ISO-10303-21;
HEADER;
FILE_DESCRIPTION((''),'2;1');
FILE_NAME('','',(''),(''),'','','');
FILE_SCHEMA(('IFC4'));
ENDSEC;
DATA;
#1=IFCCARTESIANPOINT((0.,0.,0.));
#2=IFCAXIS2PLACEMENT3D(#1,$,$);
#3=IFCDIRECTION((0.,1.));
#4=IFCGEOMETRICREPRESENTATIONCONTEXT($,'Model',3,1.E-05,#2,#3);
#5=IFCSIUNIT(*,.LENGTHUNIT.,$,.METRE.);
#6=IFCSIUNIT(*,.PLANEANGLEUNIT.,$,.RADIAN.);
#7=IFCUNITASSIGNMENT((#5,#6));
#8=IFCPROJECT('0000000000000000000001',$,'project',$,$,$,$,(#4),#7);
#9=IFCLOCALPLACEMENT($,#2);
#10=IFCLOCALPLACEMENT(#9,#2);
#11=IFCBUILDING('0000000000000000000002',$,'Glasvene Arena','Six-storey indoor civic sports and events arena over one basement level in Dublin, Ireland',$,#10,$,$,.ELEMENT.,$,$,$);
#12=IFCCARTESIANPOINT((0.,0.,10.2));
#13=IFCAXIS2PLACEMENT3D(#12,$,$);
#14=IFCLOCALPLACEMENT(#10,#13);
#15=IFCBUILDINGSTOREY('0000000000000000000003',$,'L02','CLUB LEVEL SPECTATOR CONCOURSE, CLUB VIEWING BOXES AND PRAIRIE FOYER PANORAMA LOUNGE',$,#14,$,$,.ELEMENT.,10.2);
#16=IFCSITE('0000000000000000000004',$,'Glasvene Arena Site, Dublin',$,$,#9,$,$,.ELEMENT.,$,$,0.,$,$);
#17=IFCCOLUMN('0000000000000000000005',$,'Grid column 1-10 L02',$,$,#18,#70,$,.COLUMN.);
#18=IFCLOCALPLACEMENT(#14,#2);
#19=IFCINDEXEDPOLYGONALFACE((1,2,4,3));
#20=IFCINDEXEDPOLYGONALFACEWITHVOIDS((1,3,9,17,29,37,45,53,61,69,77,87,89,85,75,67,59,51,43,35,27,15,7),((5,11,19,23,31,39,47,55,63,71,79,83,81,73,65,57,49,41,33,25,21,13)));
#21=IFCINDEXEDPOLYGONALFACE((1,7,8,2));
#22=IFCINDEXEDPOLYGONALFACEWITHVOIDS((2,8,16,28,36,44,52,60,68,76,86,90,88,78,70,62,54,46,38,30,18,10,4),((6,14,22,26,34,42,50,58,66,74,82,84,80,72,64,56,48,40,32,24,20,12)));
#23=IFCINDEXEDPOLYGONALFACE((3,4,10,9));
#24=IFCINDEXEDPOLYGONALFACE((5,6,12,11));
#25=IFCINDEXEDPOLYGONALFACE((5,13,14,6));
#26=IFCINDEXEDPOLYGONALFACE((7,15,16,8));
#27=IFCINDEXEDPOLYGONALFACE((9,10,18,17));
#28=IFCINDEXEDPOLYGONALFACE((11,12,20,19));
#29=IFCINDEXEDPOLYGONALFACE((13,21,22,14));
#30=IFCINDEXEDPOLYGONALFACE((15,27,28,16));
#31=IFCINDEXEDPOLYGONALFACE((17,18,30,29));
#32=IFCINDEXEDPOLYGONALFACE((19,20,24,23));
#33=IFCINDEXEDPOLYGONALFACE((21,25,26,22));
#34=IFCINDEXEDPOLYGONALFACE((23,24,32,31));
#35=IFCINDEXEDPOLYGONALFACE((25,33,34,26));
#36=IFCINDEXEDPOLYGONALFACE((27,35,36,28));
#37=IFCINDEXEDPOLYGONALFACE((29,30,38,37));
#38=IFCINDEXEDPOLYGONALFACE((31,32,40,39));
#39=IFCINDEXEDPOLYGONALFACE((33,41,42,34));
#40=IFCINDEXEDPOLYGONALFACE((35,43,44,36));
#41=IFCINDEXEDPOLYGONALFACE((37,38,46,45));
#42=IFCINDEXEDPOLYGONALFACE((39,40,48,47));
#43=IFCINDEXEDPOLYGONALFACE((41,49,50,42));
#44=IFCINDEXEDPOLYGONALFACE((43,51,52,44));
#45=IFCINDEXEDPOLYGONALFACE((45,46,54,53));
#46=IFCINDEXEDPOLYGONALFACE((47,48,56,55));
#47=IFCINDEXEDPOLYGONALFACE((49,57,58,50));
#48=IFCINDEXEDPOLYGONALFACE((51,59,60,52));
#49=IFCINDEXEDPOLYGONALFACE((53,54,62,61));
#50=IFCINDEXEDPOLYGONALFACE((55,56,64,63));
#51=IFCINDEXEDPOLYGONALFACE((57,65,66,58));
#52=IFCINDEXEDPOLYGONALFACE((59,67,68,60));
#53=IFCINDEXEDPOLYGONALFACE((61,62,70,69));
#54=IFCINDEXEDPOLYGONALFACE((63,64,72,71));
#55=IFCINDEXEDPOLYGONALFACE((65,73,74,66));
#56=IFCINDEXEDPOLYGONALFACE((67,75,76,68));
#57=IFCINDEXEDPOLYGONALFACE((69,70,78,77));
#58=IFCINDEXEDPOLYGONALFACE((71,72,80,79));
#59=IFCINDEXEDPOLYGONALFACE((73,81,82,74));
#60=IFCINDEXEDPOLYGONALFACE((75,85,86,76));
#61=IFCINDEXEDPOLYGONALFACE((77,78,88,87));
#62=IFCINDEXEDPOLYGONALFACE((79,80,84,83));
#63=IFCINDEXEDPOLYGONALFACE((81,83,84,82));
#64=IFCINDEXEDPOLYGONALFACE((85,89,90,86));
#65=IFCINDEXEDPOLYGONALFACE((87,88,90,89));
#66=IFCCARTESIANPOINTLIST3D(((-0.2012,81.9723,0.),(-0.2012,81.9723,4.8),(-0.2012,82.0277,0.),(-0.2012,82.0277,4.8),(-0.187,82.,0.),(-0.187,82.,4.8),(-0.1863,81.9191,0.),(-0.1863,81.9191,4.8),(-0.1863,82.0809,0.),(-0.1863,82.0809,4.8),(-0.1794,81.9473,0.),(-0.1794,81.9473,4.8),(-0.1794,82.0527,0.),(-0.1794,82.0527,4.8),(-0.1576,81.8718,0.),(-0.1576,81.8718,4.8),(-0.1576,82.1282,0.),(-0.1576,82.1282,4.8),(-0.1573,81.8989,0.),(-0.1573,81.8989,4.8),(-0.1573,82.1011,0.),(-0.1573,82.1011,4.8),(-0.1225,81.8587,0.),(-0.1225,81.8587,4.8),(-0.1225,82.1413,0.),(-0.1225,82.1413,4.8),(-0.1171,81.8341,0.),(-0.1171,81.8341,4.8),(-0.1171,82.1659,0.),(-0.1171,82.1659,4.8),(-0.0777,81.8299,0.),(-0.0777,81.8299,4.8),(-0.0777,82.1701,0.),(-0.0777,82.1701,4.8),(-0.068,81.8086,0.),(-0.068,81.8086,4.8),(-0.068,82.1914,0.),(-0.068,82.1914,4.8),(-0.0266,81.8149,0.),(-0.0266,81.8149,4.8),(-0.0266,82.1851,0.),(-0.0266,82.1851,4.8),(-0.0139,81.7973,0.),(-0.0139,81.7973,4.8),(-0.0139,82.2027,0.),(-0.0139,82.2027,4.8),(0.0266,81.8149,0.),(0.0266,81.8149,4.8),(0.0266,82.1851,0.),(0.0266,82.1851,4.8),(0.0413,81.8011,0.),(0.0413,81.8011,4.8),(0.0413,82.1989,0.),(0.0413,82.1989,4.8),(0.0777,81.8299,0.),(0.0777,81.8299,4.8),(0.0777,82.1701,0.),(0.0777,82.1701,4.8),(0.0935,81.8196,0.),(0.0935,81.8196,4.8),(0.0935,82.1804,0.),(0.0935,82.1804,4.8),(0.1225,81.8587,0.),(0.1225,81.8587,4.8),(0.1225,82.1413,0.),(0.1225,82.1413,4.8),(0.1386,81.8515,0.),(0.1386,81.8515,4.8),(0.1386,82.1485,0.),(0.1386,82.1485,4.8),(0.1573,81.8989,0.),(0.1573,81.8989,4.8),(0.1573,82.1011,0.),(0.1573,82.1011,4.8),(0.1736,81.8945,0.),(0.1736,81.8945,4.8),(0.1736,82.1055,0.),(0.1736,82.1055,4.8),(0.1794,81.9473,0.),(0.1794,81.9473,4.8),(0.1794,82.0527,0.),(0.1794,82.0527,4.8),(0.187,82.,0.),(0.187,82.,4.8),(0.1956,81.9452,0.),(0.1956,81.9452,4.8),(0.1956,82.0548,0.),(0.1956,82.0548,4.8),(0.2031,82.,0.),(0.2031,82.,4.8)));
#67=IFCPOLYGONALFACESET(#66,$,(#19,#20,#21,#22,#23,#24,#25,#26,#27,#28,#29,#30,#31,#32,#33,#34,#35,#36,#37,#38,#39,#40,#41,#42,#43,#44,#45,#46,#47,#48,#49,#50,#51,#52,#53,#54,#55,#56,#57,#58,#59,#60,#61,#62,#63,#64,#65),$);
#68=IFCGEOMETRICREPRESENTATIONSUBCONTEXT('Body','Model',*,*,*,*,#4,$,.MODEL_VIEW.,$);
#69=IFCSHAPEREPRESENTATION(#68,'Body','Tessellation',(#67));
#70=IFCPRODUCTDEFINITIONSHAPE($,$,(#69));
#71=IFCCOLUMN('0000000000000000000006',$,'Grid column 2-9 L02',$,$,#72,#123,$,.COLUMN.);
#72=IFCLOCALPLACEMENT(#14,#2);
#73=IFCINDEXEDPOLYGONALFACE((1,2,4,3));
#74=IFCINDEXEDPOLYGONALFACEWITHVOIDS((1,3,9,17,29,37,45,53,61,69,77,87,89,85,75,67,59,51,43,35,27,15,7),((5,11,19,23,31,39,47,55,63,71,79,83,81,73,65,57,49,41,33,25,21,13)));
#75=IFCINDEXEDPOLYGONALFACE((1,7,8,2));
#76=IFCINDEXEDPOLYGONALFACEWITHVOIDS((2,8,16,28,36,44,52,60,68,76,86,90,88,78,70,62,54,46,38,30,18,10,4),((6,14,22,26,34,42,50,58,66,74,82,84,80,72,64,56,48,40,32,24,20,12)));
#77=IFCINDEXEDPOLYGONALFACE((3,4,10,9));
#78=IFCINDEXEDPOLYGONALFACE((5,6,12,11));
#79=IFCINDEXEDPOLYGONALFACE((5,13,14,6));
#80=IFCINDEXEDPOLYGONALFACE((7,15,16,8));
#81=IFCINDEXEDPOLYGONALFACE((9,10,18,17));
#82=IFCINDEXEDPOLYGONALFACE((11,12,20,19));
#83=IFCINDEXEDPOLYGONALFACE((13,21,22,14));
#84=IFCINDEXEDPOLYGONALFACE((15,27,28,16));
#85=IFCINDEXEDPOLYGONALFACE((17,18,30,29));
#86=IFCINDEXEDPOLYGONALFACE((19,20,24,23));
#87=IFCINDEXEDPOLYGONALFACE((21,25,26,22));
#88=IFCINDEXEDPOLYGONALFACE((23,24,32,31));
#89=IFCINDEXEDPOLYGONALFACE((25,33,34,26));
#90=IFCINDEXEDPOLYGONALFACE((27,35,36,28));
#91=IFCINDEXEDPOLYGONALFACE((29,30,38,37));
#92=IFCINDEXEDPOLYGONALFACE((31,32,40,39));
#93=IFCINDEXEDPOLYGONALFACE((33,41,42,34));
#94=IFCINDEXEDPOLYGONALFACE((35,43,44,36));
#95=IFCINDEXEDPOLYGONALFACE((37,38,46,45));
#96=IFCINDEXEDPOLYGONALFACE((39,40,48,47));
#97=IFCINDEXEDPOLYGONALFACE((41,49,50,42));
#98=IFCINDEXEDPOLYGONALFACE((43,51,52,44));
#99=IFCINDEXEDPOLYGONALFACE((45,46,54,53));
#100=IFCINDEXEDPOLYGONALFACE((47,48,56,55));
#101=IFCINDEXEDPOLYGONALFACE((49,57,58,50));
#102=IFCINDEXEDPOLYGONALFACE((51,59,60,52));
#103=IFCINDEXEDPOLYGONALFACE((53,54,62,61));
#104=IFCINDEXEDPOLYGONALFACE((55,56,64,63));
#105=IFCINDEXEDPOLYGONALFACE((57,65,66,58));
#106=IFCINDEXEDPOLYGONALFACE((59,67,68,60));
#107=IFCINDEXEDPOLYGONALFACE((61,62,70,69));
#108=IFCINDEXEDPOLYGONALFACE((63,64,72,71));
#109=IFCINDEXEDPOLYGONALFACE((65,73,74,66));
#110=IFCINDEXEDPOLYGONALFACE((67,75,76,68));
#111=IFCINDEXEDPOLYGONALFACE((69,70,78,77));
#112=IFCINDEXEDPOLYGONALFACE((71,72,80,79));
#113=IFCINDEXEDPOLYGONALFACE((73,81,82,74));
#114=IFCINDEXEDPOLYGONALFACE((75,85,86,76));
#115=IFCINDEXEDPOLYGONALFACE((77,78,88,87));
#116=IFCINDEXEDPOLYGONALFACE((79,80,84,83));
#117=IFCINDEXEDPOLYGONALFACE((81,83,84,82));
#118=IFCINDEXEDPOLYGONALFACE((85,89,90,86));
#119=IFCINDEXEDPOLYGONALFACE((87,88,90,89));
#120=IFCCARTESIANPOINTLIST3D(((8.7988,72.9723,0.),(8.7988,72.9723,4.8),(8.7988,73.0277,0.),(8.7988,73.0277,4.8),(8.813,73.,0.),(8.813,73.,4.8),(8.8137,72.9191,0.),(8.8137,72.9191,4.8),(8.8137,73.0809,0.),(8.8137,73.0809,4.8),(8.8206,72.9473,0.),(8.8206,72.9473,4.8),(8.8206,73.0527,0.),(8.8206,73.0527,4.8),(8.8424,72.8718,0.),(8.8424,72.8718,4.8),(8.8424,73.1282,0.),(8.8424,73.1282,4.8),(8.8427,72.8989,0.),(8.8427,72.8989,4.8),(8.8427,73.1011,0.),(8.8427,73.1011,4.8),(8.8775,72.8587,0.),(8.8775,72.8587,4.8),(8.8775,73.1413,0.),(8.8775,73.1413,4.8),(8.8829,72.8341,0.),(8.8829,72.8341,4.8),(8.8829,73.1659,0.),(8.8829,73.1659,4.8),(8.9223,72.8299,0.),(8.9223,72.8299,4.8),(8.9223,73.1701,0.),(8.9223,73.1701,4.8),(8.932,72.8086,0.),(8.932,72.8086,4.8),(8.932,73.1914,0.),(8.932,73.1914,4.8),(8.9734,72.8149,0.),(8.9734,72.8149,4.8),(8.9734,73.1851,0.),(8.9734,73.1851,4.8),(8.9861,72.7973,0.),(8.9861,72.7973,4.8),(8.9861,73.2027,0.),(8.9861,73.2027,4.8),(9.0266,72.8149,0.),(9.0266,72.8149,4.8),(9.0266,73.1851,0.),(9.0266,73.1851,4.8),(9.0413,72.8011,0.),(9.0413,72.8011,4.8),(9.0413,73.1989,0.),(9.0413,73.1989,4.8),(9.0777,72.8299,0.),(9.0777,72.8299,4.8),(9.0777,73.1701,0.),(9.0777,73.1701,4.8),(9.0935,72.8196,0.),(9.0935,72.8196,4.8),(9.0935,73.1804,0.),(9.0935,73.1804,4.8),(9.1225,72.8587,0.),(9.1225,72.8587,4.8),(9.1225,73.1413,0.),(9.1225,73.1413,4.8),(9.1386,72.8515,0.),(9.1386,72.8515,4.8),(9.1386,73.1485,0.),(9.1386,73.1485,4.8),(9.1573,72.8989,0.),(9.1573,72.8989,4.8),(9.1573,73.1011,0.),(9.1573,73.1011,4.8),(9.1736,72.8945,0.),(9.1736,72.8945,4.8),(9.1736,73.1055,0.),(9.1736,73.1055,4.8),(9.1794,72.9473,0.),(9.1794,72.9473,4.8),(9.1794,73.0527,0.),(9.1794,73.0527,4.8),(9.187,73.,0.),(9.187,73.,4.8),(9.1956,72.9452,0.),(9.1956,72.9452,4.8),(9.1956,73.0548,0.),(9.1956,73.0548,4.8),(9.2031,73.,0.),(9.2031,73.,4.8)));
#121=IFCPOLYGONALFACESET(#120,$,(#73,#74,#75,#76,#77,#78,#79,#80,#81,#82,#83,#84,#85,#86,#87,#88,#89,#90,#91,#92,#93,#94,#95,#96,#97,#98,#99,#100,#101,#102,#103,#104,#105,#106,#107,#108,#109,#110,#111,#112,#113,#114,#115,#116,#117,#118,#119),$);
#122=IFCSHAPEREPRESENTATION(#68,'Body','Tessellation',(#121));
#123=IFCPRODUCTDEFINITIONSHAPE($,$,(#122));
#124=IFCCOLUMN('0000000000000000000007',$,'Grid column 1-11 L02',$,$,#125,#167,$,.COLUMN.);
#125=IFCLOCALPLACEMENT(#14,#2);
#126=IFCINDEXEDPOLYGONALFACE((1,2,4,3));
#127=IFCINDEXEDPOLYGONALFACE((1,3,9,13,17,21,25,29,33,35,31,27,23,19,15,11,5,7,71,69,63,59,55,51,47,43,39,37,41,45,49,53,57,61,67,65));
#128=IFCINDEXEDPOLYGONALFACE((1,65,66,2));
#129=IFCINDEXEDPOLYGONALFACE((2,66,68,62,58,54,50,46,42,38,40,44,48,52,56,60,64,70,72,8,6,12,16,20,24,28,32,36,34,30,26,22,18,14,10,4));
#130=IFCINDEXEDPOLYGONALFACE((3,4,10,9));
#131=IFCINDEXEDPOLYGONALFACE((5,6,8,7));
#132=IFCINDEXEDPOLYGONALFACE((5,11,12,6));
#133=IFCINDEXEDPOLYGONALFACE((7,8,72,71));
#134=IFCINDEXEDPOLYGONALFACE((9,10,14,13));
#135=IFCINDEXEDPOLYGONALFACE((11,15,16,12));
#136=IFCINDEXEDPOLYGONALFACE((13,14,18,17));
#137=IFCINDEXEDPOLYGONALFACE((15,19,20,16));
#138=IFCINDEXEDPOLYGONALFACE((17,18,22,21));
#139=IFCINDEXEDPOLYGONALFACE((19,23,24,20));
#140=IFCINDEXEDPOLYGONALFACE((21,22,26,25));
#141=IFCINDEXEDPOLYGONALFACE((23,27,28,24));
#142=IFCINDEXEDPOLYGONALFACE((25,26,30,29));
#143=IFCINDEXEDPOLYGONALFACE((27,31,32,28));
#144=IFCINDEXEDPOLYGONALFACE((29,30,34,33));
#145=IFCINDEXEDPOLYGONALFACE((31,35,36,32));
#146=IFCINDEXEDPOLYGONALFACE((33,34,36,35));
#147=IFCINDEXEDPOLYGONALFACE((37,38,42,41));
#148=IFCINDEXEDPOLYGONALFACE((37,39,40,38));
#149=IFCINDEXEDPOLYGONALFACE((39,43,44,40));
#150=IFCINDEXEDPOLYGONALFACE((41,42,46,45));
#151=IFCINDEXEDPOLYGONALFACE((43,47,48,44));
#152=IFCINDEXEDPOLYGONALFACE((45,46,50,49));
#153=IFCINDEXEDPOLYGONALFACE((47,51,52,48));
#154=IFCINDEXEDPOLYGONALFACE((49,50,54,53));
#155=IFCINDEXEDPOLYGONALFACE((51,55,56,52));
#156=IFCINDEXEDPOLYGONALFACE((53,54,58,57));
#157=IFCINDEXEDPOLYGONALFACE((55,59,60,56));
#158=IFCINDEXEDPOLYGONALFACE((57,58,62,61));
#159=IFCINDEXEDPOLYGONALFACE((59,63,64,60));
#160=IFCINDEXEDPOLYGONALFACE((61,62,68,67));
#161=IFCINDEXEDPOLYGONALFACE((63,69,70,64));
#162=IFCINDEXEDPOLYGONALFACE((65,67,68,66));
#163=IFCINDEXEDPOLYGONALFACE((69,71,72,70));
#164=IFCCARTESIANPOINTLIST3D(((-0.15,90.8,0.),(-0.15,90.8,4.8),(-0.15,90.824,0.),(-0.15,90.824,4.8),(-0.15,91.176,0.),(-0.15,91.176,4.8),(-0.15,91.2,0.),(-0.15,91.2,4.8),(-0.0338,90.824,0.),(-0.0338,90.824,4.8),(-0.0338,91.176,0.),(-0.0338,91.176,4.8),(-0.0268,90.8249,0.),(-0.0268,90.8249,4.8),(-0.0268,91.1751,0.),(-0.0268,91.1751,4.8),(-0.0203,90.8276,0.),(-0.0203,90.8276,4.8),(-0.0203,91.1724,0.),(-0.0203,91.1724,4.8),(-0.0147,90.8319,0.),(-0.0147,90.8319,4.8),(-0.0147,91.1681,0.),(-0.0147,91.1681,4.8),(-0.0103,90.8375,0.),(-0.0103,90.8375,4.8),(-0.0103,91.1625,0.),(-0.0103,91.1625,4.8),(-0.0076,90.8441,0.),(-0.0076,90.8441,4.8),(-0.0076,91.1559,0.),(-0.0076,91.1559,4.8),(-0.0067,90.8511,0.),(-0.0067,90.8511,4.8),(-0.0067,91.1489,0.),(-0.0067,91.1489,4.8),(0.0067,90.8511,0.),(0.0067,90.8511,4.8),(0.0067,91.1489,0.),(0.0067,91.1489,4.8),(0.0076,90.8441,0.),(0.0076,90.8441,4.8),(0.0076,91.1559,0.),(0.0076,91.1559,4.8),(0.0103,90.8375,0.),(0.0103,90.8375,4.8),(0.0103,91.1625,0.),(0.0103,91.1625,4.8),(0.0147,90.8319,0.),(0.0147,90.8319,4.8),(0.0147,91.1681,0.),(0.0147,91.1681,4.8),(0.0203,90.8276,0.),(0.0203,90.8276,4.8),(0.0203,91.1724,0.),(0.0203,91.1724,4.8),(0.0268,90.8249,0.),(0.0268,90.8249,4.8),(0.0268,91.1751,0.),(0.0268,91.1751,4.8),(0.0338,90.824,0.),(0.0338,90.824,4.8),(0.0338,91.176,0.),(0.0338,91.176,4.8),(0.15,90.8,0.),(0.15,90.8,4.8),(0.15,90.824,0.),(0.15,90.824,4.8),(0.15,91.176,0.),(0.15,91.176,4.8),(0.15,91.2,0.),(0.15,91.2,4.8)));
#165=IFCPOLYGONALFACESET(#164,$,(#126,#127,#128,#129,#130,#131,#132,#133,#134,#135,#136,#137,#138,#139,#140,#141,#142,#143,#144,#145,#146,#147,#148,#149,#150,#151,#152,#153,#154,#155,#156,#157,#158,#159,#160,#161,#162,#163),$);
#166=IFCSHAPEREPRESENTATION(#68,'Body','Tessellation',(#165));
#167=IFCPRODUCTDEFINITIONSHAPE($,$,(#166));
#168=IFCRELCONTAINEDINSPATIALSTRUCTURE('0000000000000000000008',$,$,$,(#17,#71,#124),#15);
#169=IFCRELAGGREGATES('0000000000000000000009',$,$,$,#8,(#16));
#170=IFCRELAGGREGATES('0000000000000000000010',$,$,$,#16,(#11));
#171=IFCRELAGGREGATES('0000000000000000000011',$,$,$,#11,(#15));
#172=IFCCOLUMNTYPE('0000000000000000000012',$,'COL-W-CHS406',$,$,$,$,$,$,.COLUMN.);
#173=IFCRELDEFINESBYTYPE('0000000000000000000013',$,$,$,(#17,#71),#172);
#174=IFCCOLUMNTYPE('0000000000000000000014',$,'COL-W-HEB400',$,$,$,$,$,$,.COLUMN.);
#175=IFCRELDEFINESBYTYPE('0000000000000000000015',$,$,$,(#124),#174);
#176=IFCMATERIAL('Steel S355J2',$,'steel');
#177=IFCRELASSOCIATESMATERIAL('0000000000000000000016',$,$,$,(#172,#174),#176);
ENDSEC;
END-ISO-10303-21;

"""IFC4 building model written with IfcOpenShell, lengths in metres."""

from ifc_helpers import new_model, si_unit, direction, frame, origin, origin_2d, place, context, subcontext, project, spatial, hollow_circle, i_section, extrude, material, material_profile, profile_set, type_object, element, save


model = new_model("IFC4")

# Units and contexts
model_context = context("Model", 3, precision=1e-05, world=origin(), true_north=direction((0.0, 1.0)))
body_context = subcontext(model_context, "Body", "Model", "MODEL_VIEW")
ifc_project = project(units=[si_unit("LENGTHUNIT", "METRE"), si_unit("PLANEANGLEUNIT", "RADIAN")], contexts=[model_context])

# Site, building, storey
site_placement = place(None, origin())
site = spatial("IfcSite", under=ifc_project, at=site_placement, Name="Glasvene Arena Site, Dublin", CompositionType="ELEMENT", RefElevation=0.0)
building_placement = place(site_placement, origin())
building = spatial("IfcBuilding", under=site, at=building_placement, Name="Glasvene Arena", Description="Six-storey indoor civic sports and events arena over one basement level in Dublin, Ireland", CompositionType="ELEMENT")
storey_placement = place(building_placement, frame((0.0, 0.0, 10.2)))
storey = spatial("IfcBuildingStorey", under=building, at=storey_placement, Name="L02", Description="CLUB LEVEL SPECTATOR CONCOURSE, CLUB VIEWING BOXES AND PRAIRIE FOYER PANORAMA LOUNGE", CompositionType="ELEMENT", Elevation=10.2)

# Columns
ifc_material_1 = material(Name="Steel S355J2", Category="steel")
ifc_material_profile_1 = material_profile(ifc_material_1, hollow_circle(Radius=0.2031, WallThickness=0.0161, at=origin_2d()), Name="CHS 406.4x16.0")
ifc_profile_set_1 = profile_set([ifc_material_profile_1], Name="Steel S355J2")
column_type_1 = type_object("IfcColumnType", Name="COL-W-CHS406", PredefinedType="COLUMN", material=ifc_profile_set_1)
for number, where, z_axis, x_axis, name in (
    (1, (0.0, 82.0, 0.0), (0.0, 0.0, 1.0), (1.0, 0.0, 0.0), "Grid column 1-10 L02"),
    (2, (9.0, 73.0, 0.0), (0.0, 0.0, 1.0), (1.0, 0.0, 0.0), "Grid column 2-9 L02"),
):
    element("IfcColumn", number, at=place(storey_placement, frame(where, z_axis=z_axis, x_axis=x_axis)), inside=storey, type_object=column_type_1, Name=name, PredefinedType="COLUMN", context=body_context, shape_type="SweptSolid", body=[
        extrude(hollow_circle(Radius=0.2031, WallThickness=0.0161, at=origin_2d()), origin(), (0.0, 0.0, 1.0), 4.8),
    ])
ifc_material_profile_2 = material_profile(ifc_material_1, i_section(OverallWidth=0.3, OverallDepth=0.3999, WebThickness=0.0134, FlangeThickness=0.0239, FilletRadius=0.0271, at=origin_2d()), Name="HEB 400")
ifc_profile_set_2 = profile_set([ifc_material_profile_2], Name="Steel S355J2")
column_type_2 = type_object("IfcColumnType", Name="COL-W-HEB400", PredefinedType="COLUMN", material=ifc_profile_set_2)
column_placement = place(storey_placement, frame((0.0, 91.0, 0.0), z_axis=(0.0, 0.0, 1.0), x_axis=(1.0, 0.0, 0.0)))
element("IfcColumn", 3, at=column_placement, inside=storey, type_object=column_type_2, Name="Grid column 1-11 L02", PredefinedType="COLUMN", context=body_context, shape_type="SweptSolid", body=[
    extrude(i_section(OverallWidth=0.3, OverallDepth=0.3999, WebThickness=0.0134, FlangeThickness=0.0239, FilletRadius=0.0271, at=origin_2d()), origin(), (0.0, 0.0, 1.0), 4.8),
])

save(model, "model.ifc")
